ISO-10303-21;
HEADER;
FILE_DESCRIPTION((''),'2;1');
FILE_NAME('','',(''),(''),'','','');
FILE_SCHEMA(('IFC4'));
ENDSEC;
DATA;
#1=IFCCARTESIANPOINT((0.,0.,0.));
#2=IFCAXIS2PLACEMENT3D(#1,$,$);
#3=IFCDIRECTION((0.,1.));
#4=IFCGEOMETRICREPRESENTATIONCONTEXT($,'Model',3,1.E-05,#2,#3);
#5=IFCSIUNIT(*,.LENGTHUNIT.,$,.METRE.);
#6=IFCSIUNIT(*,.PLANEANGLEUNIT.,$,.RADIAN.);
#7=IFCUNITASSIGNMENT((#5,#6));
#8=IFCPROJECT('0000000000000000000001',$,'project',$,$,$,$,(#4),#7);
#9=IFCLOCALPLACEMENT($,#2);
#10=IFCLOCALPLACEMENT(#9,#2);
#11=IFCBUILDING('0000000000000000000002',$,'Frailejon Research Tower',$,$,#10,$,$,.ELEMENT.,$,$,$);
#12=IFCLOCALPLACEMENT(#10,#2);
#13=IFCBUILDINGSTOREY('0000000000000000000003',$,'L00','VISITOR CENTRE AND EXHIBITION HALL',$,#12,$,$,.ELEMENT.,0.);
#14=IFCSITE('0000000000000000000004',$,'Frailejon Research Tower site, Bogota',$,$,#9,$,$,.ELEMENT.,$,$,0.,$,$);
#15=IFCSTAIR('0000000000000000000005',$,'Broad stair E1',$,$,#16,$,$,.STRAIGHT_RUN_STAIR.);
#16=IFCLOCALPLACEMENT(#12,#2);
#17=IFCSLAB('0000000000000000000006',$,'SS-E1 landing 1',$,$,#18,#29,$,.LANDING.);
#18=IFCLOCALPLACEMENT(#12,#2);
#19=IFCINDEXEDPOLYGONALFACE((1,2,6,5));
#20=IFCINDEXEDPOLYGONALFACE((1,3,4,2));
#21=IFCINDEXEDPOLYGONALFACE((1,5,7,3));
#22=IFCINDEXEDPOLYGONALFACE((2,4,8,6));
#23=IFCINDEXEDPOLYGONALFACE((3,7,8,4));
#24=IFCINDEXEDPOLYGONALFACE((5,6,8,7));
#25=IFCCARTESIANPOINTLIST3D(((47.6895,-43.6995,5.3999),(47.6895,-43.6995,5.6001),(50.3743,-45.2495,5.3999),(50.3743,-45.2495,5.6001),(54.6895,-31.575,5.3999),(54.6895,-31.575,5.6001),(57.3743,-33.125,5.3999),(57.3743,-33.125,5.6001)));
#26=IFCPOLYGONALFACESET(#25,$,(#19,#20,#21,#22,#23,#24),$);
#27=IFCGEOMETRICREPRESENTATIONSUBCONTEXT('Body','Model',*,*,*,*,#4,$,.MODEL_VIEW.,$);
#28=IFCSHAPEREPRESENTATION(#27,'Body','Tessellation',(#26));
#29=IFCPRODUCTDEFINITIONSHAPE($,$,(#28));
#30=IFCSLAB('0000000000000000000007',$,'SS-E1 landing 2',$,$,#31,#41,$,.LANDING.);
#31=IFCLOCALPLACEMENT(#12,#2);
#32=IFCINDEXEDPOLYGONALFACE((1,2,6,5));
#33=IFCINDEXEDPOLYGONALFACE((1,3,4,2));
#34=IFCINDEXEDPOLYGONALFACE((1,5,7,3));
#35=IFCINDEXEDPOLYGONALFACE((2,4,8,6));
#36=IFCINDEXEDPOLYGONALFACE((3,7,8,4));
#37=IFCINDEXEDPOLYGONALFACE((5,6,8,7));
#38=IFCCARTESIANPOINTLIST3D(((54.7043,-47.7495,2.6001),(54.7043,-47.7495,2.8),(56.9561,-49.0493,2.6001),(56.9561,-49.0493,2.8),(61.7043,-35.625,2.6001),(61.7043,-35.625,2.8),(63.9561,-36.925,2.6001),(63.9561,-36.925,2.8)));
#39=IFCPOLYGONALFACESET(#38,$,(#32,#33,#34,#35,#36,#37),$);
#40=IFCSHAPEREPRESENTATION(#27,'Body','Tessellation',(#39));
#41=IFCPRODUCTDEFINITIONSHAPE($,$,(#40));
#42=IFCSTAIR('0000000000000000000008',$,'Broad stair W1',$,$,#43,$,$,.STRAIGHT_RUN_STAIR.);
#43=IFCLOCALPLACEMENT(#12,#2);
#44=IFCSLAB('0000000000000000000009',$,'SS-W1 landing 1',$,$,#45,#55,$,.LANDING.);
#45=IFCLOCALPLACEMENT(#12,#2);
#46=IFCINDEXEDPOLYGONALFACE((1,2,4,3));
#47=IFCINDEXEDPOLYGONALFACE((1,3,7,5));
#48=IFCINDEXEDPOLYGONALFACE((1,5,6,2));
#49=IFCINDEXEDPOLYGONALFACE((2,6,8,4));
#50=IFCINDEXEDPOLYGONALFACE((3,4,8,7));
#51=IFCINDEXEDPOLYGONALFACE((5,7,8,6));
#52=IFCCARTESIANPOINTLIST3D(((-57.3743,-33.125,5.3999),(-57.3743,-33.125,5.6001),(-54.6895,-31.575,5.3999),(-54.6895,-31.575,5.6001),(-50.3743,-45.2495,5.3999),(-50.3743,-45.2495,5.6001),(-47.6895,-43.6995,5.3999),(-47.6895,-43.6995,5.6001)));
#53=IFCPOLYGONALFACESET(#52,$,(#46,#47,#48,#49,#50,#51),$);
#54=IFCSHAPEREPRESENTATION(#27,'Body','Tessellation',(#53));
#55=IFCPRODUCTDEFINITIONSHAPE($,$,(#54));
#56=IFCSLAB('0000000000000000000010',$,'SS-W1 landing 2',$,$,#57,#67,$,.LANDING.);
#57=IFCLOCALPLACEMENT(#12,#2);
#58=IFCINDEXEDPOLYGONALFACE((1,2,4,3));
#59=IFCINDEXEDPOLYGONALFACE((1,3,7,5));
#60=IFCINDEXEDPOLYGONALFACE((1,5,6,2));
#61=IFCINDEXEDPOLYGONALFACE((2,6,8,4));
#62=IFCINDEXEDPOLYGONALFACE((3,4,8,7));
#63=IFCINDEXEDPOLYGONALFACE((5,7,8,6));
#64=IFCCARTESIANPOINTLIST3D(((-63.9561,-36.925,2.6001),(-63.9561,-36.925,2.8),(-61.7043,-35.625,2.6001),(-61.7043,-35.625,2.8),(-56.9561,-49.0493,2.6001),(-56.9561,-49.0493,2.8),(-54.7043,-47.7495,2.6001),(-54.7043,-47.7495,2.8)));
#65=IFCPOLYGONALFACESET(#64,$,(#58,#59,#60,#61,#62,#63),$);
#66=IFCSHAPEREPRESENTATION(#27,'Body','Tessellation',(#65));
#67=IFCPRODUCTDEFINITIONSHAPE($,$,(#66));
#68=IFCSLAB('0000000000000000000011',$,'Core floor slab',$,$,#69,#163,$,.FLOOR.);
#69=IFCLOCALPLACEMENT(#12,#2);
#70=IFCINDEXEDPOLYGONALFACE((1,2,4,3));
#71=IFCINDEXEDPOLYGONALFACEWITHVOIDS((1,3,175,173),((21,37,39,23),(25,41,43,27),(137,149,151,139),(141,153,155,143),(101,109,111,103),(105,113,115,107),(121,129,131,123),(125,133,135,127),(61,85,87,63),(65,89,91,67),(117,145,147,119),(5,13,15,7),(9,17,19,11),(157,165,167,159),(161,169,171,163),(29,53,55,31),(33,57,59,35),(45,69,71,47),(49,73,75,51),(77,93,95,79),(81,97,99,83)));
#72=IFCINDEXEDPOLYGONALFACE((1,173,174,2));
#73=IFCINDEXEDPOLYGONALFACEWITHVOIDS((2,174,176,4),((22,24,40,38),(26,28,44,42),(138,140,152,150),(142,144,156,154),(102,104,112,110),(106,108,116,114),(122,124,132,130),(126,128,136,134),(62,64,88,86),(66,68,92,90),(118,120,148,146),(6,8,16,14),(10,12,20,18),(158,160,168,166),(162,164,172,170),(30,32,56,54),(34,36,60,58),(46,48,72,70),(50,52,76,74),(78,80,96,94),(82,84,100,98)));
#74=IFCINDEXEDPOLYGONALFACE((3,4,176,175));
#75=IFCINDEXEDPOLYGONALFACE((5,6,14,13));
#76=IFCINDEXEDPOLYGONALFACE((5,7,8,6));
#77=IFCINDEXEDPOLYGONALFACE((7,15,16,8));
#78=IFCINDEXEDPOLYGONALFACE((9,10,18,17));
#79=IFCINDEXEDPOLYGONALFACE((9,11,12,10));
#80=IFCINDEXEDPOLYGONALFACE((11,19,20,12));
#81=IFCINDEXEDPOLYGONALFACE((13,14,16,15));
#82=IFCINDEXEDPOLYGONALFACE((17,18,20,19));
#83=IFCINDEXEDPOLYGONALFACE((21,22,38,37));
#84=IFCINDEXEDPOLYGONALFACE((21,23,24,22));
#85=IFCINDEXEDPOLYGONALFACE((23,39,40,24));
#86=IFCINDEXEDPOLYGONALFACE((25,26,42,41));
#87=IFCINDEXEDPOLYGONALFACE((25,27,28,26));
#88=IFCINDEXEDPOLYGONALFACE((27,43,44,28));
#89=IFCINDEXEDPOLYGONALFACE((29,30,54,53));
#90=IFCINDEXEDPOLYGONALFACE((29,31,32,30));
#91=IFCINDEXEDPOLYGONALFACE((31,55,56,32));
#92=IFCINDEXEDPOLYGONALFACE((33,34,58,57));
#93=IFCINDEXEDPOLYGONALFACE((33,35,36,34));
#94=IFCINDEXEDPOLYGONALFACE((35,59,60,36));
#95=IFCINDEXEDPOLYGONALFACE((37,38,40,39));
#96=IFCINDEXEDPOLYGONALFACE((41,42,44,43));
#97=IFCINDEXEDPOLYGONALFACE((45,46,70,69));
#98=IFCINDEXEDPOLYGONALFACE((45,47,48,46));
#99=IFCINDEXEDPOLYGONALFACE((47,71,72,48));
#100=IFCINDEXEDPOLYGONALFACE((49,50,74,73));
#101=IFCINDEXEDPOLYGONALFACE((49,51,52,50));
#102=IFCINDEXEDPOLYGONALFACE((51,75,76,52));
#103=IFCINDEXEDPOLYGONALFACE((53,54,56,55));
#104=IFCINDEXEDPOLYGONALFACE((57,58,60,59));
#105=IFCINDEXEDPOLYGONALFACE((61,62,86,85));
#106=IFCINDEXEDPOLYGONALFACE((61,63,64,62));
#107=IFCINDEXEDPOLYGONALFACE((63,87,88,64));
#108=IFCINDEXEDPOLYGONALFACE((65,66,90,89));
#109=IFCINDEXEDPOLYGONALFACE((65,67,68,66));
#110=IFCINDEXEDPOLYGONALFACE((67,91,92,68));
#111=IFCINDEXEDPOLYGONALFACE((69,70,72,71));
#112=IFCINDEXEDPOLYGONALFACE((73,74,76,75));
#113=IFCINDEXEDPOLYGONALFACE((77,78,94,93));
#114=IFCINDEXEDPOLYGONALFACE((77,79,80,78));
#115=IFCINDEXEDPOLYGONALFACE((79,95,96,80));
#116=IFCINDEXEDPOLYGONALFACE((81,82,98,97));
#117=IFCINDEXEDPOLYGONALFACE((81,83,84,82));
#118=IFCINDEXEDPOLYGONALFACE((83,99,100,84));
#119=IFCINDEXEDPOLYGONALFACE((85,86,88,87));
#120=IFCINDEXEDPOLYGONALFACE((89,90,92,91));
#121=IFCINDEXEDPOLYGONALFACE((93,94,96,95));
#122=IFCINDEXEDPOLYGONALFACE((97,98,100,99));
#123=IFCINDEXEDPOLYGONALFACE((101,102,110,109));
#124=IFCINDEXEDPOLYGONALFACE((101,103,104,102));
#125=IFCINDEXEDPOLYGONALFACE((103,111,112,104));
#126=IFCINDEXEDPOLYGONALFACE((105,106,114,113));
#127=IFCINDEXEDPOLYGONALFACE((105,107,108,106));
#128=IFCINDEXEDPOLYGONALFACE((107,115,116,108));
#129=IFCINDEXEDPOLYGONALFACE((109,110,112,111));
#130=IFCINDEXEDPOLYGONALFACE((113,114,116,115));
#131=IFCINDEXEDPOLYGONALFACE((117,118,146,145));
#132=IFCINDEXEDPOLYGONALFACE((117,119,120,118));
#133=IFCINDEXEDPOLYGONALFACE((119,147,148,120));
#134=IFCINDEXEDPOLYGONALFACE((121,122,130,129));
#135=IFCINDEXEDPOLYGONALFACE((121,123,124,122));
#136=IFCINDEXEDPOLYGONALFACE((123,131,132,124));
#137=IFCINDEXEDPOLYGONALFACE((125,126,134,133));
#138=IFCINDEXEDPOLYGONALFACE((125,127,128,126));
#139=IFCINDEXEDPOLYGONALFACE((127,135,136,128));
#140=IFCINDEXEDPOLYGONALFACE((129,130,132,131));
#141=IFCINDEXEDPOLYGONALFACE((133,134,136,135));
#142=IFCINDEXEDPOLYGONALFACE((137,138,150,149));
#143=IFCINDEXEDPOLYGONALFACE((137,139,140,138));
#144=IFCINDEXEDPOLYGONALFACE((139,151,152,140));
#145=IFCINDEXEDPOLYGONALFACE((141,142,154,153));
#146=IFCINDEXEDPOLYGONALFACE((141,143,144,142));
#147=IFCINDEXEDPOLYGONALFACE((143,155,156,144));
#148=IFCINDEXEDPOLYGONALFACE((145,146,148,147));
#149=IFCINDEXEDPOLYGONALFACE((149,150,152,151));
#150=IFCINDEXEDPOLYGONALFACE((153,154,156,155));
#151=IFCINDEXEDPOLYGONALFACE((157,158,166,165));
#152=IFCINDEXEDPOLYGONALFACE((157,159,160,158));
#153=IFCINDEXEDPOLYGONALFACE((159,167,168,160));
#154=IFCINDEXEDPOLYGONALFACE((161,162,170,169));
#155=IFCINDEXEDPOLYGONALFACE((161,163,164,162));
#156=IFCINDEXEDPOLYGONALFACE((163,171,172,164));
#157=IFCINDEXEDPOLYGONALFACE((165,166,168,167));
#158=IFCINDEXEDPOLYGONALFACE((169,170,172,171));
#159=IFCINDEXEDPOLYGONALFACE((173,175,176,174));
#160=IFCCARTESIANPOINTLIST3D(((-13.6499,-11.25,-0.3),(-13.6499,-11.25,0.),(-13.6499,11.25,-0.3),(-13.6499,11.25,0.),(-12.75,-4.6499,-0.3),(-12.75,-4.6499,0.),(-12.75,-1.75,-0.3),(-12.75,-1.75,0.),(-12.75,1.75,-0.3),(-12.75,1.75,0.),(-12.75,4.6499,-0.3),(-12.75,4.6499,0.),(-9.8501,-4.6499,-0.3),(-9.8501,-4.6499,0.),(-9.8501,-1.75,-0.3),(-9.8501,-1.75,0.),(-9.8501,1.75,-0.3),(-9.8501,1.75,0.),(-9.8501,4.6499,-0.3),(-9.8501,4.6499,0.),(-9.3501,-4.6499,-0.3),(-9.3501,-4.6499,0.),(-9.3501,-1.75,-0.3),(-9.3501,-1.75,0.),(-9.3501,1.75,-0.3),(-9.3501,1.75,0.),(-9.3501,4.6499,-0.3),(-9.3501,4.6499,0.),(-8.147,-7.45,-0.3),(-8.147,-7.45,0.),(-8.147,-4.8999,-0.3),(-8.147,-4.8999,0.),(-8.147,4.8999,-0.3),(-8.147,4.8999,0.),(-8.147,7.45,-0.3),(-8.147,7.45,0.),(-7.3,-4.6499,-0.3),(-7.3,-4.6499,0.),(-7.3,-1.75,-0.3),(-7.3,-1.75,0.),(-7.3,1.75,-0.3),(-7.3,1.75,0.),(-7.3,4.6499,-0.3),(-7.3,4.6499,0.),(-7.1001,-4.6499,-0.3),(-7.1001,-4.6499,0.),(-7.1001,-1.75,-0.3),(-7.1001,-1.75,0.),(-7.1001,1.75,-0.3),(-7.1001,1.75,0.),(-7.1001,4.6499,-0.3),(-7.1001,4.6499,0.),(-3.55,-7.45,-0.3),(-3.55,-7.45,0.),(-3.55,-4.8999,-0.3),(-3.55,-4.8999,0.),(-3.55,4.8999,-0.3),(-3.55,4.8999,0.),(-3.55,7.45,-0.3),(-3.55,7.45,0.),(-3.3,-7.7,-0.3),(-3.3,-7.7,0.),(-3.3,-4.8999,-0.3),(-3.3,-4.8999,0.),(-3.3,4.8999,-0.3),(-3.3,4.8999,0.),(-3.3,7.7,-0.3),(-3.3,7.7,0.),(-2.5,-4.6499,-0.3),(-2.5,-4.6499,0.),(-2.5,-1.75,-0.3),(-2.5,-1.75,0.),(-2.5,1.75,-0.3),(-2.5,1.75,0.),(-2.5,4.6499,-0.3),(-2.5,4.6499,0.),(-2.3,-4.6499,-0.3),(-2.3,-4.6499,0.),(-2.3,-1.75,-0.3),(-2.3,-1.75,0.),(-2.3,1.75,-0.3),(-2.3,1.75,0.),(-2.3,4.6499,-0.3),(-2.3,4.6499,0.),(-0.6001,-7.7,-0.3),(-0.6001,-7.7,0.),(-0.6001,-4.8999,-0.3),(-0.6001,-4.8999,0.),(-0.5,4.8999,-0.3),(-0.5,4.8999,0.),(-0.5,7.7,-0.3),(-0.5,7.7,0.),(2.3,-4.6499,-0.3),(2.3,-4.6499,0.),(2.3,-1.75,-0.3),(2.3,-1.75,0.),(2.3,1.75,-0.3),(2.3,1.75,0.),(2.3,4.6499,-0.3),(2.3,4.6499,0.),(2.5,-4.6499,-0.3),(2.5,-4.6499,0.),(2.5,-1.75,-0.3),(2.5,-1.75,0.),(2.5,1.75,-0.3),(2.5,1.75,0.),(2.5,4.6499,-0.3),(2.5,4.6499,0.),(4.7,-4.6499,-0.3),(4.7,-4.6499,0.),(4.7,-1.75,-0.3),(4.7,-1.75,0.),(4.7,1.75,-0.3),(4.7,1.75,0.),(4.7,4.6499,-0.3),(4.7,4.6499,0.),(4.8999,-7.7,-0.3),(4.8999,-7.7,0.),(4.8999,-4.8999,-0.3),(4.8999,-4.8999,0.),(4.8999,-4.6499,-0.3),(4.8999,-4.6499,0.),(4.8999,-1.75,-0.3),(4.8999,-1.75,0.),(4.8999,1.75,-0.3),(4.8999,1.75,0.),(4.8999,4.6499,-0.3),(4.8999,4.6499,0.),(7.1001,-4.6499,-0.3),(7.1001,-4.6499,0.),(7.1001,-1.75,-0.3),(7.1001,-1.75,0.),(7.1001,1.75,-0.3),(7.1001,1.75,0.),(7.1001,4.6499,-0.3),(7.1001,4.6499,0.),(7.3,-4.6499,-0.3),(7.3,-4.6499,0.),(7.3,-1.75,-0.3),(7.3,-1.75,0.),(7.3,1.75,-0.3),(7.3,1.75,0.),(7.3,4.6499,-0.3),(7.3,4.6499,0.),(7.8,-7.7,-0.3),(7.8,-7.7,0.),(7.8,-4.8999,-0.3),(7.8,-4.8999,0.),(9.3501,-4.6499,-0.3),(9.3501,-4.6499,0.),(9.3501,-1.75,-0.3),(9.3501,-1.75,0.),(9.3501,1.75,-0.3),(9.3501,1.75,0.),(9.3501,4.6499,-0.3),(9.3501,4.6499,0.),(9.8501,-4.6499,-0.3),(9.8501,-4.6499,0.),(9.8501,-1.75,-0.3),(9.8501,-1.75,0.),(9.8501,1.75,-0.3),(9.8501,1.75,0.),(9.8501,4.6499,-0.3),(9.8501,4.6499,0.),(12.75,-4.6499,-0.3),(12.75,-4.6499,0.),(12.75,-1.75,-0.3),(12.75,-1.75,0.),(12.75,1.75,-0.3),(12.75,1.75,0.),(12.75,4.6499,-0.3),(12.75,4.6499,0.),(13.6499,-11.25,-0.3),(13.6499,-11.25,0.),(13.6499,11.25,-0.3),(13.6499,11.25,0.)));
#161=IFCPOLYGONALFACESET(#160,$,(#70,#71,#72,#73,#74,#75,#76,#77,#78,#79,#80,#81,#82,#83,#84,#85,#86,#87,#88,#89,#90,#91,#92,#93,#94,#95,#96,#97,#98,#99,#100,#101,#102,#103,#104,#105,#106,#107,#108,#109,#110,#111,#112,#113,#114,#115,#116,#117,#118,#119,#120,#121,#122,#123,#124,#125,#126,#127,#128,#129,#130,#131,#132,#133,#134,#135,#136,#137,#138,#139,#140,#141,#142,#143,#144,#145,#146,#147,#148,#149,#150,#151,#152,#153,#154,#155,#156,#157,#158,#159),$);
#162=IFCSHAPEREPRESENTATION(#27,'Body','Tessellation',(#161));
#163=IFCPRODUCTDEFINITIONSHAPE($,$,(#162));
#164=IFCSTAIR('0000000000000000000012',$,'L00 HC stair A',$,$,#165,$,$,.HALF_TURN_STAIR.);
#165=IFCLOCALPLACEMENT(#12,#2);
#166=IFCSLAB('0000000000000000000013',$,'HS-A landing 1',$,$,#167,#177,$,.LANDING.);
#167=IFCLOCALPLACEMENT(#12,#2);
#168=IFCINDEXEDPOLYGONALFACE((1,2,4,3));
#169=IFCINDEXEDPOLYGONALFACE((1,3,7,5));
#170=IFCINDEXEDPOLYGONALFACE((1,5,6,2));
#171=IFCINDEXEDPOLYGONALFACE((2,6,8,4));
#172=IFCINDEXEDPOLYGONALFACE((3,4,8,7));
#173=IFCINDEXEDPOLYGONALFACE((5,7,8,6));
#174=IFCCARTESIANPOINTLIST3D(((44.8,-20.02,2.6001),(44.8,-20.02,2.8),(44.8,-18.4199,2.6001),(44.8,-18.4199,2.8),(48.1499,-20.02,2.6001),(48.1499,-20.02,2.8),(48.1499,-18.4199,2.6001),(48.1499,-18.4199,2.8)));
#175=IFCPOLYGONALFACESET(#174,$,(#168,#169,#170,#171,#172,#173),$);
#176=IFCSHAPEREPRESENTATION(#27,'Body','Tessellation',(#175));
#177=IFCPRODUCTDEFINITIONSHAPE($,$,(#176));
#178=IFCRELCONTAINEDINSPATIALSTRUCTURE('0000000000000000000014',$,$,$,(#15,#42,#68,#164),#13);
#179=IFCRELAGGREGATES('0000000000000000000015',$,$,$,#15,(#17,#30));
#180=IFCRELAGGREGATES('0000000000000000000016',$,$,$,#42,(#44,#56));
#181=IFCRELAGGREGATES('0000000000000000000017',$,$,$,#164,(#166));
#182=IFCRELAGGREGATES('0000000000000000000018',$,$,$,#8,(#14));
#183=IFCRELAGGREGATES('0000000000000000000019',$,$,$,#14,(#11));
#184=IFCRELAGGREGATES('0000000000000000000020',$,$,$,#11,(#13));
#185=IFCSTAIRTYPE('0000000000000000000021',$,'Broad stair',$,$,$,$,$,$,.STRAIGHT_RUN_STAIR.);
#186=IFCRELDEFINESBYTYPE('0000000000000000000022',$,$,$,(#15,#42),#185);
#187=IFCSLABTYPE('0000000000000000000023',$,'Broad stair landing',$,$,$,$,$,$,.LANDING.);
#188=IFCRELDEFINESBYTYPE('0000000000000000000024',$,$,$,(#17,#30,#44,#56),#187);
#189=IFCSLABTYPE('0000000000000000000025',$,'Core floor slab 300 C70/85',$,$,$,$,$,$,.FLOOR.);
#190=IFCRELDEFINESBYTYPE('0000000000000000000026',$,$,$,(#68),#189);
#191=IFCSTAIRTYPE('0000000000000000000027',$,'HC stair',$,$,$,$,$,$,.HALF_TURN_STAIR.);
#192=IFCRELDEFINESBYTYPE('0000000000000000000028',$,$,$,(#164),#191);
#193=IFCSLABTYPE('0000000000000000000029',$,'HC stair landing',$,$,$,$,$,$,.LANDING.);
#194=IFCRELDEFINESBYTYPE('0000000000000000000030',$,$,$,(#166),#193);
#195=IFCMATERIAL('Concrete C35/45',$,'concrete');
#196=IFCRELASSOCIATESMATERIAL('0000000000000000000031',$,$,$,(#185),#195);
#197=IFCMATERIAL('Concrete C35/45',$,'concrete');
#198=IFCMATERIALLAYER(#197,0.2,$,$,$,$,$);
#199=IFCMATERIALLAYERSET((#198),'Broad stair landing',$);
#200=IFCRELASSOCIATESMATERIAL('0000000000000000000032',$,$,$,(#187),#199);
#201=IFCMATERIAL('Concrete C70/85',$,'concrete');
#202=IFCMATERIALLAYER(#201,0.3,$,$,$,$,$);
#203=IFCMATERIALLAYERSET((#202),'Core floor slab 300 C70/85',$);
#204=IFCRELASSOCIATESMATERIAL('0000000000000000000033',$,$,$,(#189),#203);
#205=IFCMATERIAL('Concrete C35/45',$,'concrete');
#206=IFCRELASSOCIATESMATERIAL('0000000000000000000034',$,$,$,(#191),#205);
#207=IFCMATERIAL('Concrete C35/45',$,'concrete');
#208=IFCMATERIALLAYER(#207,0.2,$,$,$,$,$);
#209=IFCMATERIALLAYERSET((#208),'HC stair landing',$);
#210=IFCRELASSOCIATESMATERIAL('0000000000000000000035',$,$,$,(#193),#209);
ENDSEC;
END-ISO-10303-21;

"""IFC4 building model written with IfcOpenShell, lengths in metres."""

from ifc_helpers import new_model, si_unit, direction, frame, origin, place, context, subcontext, project, spatial, polyline, outline, extrude, material, layer, layer_set, type_object, element, aggregate, save


model = new_model("IFC4")

# Units and contexts
model_context = context("Model", 3, precision=1e-05, world=origin(), true_north=direction((0.0, 1.0)))
body_context = subcontext(model_context, "Body", "Model", "MODEL_VIEW")
ifc_project = project(units=[si_unit("LENGTHUNIT", "METRE"), si_unit("PLANEANGLEUNIT", "RADIAN")], contexts=[model_context])

# Site, building, storey
site_placement = place(None, origin())
site = spatial("IfcSite", under=ifc_project, at=site_placement, Name="Frailejon Research Tower site, Bogota", CompositionType="ELEMENT", RefElevation=0.0)
building_placement = place(site_placement, origin())
building = spatial("IfcBuilding", under=site, at=building_placement, Name="Frailejon Research Tower", CompositionType="ELEMENT")
storey_placement = place(building_placement, origin())
storey = spatial("IfcBuildingStorey", under=building, at=storey_placement, Name="L00", Description="VISITOR CENTRE AND EXHIBITION HALL", CompositionType="ELEMENT", Elevation=0.0)

# Stairs, slabs
ifc_material_1 = material(Name="Concrete C35/45", Category="concrete")
stair_type_1 = type_object("IfcStairType", Name="Broad stair", PredefinedType="STRAIGHT_RUN_STAIR", material=ifc_material_1)
stair_1_placement = place(storey_placement, origin())
stair_1 = element("IfcStair", 1, at=stair_1_placement, inside=storey, type_object=stair_type_1, Name="Broad stair E1", PredefinedType="STRAIGHT_RUN_STAIR")
ifc_material_2 = material(Name="Concrete C35/45", Category="concrete")
ifc_layer_1 = layer(ifc_material_2, 0.2)
ifc_layer_set_1 = layer_set([ifc_layer_1], Name="Broad stair landing")
slab_type_1 = type_object("IfcSlabType", Name="Broad stair landing", PredefinedType="LANDING", material=ifc_layer_set_1)
slab_1_placement = place(storey_placement, frame((0.0, 0.0, 5.3999)))
slab_1 = element("IfcSlab", 2, at=slab_1_placement, type_object=slab_type_1, Name="SS-E1 landing 1", PredefinedType="LANDING", context=body_context, shape_type="SweptSolid", body=[
    extrude(outline(polyline([(47.6895, -43.6995), (50.3743, -45.2495), (57.3743, -33.125), (54.6895, -31.575), (47.6895, -43.6995)])), origin(), (0.0, 0.0, 1.0), 0.2002),
])
slab_2_placement = place(storey_placement, frame((0.0, 0.0, 2.6001)))
slab_2 = element("IfcSlab", 3, at=slab_2_placement, type_object=slab_type_1, Name="SS-E1 landing 2", PredefinedType="LANDING", context=body_context, shape_type="SweptSolid", body=[
    extrude(outline(polyline([(54.7043, -47.7495), (56.9561, -49.0493), (63.9561, -36.925), (61.7043, -35.625), (54.7043, -47.7495)])), origin(), (0.0, 0.0, 1.0), 0.2),
])
aggregate(stair_1, [slab_1, slab_2])
stair_2_placement = place(storey_placement, origin())
stair_2 = element("IfcStair", 4, at=stair_2_placement, inside=storey, type_object=stair_type_1, Name="Broad stair W1", PredefinedType="STRAIGHT_RUN_STAIR")
slab_3_placement = place(storey_placement, frame((0.0, 0.0, 5.3999)))
slab_3 = element("IfcSlab", 5, at=slab_3_placement, type_object=slab_type_1, Name="SS-W1 landing 1", PredefinedType="LANDING", context=body_context, shape_type="SweptSolid", body=[
    extrude(outline(polyline([(-54.6895, -31.575), (-57.3743, -33.125), (-50.3743, -45.2495), (-47.6895, -43.6995), (-54.6895, -31.575)])), origin(), (0.0, 0.0, 1.0), 0.2002),
])
slab_4_placement = place(storey_placement, frame((0.0, 0.0, 2.6001)))
slab_4 = element("IfcSlab", 6, at=slab_4_placement, type_object=slab_type_1, Name="SS-W1 landing 2", PredefinedType="LANDING", context=body_context, shape_type="SweptSolid", body=[
    extrude(outline(polyline([(-61.7043, -35.625), (-63.9561, -36.925), (-56.9561, -49.0493), (-54.7043, -47.7495), (-61.7043, -35.625)])), origin(), (0.0, 0.0, 1.0), 0.2),
])
aggregate(stair_2, [slab_3, slab_4])

# Slab
ifc_material_3 = material(Name="Concrete C70/85", Category="concrete")
ifc_layer_2 = layer(ifc_material_3, 0.3)
ifc_layer_set_2 = layer_set([ifc_layer_2], Name="Core floor slab 300 C70/85")
slab_type_2 = type_object("IfcSlabType", Name="Core floor slab 300 C70/85", PredefinedType="FLOOR", material=ifc_layer_set_2)
slab_5_placement = place(storey_placement, frame((0.0, 0.0, -0.3)))
element("IfcSlab", 7, at=slab_5_placement, inside=storey, type_object=slab_type_2, Name="Core floor slab", PredefinedType="FLOOR", context=body_context, shape_type="SweptSolid", body=[
    extrude(outline(polyline([(13.6499, -11.25), (13.6499, 11.25), (-13.6499, 11.25), (-13.6499, -11.25), (13.6499, -11.25)]), holes=[polyline([(-9.8501, 1.75), (-9.8501, 4.6499), (-12.75, 4.6499), (-12.75, 1.75), (-9.8501, 1.75)]), polyline([(-7.3, 1.75), (-7.3, 4.6499), (-9.3501, 4.6499), (-9.3501, 1.75), (-7.3, 1.75)]), polyline([(-2.5, 1.75), (-2.5, 4.6499), (-7.1001, 4.6499), (-7.1001, 1.75), (-2.5, 1.75)]), polyline([(2.3, 1.75), (2.3, 4.6499), (-2.3, 4.6499), (-2.3, 1.75), (2.3, 1.75)]), polyline([(4.7, 1.75), (4.7, 4.6499), (2.5, 4.6499), (2.5, 1.75), (4.7, 1.75)]), polyline([(7.1001, 1.75), (7.1001, 4.6499), (4.8999, 4.6499), (4.8999, 1.75), (7.1001, 1.75)]), polyline([(9.3501, 1.75), (9.3501, 4.6499), (7.3, 4.6499), (7.3, 1.75), (9.3501, 1.75)]), polyline([(12.75, 1.75), (12.75, 4.6499), (9.8501, 4.6499), (9.8501, 1.75), (12.75, 1.75)]), polyline([(-9.8501, -4.6499), (-9.8501, -1.75), (-12.75, -1.75), (-12.75, -4.6499), (-9.8501, -4.6499)]), polyline([(-7.3, -4.6499), (-7.3, -1.75), (-9.3501, -1.75), (-9.3501, -4.6499), (-7.3, -4.6499)]), polyline([(-2.5, -4.6499), (-2.5, -1.75), (-7.1001, -1.75), (-7.1001, -4.6499), (-2.5, -4.6499)]), polyline([(2.3, -4.6499), (2.3, -1.75), (-2.3, -1.75), (-2.3, -4.6499), (2.3, -4.6499)]), polyline([(4.7, -4.6499), (4.7, -1.75), (2.5, -1.75), (2.5, -4.6499), (4.7, -4.6499)]), polyline([(7.1001, -4.6499), (7.1001, -1.75), (4.8999, -1.75), (4.8999, -4.6499), (7.1001, -4.6499)]), polyline([(9.3501, -4.6499), (9.3501, -1.75), (7.3, -1.75), (7.3, -4.6499), (9.3501, -4.6499)]), polyline([(12.75, -4.6499), (12.75, -1.75), (9.8501, -1.75), (9.8501, -4.6499), (12.75, -4.6499)]), polyline([(-8.147, 4.8999), (-3.55, 4.8999), (-3.55, 7.45), (-8.147, 7.45), (-8.147, 4.8999)]), polyline([(-8.147, -7.45), (-3.55, -7.45), (-3.55, -4.8999), (-8.147, -4.8999), (-8.147, -7.45)]), polyline([(-0.6001, -7.7), (-0.6001, -4.8999), (-3.3, -4.8999), (-3.3, -7.7), (-0.6001, -7.7)]), polyline([(7.8, -7.7), (7.8, -4.8999), (4.8999, -4.8999), (4.8999, -7.7), (7.8, -7.7)]), polyline([(-0.5, 4.8999), (-0.5, 7.7), (-3.3, 7.7), (-3.3, 4.8999), (-0.5, 4.8999)])]), origin(), (0.0, 0.0, 1.0), 0.3),
])

# Stair, slab
ifc_material_4 = material(Name="Concrete C35/45", Category="concrete")
stair_type_2 = type_object("IfcStairType", Name="HC stair", PredefinedType="HALF_TURN_STAIR", material=ifc_material_4)
stair_3_placement = place(storey_placement, origin())
stair_3 = element("IfcStair", 8, at=stair_3_placement, inside=storey, type_object=stair_type_2, Name="L00 HC stair A", PredefinedType="HALF_TURN_STAIR")
ifc_material_5 = material(Name="Concrete C35/45", Category="concrete")
ifc_layer_3 = layer(ifc_material_5, 0.2)
ifc_layer_set_3 = layer_set([ifc_layer_3], Name="HC stair landing")
slab_type_3 = type_object("IfcSlabType", Name="HC stair landing", PredefinedType="LANDING", material=ifc_layer_set_3)
slab_6_placement = place(storey_placement, frame((0.0, 0.0, 2.6001)))
slab_6 = element("IfcSlab", 9, at=slab_6_placement, type_object=slab_type_3, Name="HS-A landing 1", PredefinedType="LANDING", context=body_context, shape_type="SweptSolid", body=[
    extrude(outline(polyline([(44.8, -18.4199), (44.8, -20.02), (48.1499, -20.02), (48.1499, -18.4199), (44.8, -18.4199)])), origin(), (0.0, 0.0, 1.0), 0.2),
])
aggregate(stair_3, [slab_6])

save(model, "model.ifc")
